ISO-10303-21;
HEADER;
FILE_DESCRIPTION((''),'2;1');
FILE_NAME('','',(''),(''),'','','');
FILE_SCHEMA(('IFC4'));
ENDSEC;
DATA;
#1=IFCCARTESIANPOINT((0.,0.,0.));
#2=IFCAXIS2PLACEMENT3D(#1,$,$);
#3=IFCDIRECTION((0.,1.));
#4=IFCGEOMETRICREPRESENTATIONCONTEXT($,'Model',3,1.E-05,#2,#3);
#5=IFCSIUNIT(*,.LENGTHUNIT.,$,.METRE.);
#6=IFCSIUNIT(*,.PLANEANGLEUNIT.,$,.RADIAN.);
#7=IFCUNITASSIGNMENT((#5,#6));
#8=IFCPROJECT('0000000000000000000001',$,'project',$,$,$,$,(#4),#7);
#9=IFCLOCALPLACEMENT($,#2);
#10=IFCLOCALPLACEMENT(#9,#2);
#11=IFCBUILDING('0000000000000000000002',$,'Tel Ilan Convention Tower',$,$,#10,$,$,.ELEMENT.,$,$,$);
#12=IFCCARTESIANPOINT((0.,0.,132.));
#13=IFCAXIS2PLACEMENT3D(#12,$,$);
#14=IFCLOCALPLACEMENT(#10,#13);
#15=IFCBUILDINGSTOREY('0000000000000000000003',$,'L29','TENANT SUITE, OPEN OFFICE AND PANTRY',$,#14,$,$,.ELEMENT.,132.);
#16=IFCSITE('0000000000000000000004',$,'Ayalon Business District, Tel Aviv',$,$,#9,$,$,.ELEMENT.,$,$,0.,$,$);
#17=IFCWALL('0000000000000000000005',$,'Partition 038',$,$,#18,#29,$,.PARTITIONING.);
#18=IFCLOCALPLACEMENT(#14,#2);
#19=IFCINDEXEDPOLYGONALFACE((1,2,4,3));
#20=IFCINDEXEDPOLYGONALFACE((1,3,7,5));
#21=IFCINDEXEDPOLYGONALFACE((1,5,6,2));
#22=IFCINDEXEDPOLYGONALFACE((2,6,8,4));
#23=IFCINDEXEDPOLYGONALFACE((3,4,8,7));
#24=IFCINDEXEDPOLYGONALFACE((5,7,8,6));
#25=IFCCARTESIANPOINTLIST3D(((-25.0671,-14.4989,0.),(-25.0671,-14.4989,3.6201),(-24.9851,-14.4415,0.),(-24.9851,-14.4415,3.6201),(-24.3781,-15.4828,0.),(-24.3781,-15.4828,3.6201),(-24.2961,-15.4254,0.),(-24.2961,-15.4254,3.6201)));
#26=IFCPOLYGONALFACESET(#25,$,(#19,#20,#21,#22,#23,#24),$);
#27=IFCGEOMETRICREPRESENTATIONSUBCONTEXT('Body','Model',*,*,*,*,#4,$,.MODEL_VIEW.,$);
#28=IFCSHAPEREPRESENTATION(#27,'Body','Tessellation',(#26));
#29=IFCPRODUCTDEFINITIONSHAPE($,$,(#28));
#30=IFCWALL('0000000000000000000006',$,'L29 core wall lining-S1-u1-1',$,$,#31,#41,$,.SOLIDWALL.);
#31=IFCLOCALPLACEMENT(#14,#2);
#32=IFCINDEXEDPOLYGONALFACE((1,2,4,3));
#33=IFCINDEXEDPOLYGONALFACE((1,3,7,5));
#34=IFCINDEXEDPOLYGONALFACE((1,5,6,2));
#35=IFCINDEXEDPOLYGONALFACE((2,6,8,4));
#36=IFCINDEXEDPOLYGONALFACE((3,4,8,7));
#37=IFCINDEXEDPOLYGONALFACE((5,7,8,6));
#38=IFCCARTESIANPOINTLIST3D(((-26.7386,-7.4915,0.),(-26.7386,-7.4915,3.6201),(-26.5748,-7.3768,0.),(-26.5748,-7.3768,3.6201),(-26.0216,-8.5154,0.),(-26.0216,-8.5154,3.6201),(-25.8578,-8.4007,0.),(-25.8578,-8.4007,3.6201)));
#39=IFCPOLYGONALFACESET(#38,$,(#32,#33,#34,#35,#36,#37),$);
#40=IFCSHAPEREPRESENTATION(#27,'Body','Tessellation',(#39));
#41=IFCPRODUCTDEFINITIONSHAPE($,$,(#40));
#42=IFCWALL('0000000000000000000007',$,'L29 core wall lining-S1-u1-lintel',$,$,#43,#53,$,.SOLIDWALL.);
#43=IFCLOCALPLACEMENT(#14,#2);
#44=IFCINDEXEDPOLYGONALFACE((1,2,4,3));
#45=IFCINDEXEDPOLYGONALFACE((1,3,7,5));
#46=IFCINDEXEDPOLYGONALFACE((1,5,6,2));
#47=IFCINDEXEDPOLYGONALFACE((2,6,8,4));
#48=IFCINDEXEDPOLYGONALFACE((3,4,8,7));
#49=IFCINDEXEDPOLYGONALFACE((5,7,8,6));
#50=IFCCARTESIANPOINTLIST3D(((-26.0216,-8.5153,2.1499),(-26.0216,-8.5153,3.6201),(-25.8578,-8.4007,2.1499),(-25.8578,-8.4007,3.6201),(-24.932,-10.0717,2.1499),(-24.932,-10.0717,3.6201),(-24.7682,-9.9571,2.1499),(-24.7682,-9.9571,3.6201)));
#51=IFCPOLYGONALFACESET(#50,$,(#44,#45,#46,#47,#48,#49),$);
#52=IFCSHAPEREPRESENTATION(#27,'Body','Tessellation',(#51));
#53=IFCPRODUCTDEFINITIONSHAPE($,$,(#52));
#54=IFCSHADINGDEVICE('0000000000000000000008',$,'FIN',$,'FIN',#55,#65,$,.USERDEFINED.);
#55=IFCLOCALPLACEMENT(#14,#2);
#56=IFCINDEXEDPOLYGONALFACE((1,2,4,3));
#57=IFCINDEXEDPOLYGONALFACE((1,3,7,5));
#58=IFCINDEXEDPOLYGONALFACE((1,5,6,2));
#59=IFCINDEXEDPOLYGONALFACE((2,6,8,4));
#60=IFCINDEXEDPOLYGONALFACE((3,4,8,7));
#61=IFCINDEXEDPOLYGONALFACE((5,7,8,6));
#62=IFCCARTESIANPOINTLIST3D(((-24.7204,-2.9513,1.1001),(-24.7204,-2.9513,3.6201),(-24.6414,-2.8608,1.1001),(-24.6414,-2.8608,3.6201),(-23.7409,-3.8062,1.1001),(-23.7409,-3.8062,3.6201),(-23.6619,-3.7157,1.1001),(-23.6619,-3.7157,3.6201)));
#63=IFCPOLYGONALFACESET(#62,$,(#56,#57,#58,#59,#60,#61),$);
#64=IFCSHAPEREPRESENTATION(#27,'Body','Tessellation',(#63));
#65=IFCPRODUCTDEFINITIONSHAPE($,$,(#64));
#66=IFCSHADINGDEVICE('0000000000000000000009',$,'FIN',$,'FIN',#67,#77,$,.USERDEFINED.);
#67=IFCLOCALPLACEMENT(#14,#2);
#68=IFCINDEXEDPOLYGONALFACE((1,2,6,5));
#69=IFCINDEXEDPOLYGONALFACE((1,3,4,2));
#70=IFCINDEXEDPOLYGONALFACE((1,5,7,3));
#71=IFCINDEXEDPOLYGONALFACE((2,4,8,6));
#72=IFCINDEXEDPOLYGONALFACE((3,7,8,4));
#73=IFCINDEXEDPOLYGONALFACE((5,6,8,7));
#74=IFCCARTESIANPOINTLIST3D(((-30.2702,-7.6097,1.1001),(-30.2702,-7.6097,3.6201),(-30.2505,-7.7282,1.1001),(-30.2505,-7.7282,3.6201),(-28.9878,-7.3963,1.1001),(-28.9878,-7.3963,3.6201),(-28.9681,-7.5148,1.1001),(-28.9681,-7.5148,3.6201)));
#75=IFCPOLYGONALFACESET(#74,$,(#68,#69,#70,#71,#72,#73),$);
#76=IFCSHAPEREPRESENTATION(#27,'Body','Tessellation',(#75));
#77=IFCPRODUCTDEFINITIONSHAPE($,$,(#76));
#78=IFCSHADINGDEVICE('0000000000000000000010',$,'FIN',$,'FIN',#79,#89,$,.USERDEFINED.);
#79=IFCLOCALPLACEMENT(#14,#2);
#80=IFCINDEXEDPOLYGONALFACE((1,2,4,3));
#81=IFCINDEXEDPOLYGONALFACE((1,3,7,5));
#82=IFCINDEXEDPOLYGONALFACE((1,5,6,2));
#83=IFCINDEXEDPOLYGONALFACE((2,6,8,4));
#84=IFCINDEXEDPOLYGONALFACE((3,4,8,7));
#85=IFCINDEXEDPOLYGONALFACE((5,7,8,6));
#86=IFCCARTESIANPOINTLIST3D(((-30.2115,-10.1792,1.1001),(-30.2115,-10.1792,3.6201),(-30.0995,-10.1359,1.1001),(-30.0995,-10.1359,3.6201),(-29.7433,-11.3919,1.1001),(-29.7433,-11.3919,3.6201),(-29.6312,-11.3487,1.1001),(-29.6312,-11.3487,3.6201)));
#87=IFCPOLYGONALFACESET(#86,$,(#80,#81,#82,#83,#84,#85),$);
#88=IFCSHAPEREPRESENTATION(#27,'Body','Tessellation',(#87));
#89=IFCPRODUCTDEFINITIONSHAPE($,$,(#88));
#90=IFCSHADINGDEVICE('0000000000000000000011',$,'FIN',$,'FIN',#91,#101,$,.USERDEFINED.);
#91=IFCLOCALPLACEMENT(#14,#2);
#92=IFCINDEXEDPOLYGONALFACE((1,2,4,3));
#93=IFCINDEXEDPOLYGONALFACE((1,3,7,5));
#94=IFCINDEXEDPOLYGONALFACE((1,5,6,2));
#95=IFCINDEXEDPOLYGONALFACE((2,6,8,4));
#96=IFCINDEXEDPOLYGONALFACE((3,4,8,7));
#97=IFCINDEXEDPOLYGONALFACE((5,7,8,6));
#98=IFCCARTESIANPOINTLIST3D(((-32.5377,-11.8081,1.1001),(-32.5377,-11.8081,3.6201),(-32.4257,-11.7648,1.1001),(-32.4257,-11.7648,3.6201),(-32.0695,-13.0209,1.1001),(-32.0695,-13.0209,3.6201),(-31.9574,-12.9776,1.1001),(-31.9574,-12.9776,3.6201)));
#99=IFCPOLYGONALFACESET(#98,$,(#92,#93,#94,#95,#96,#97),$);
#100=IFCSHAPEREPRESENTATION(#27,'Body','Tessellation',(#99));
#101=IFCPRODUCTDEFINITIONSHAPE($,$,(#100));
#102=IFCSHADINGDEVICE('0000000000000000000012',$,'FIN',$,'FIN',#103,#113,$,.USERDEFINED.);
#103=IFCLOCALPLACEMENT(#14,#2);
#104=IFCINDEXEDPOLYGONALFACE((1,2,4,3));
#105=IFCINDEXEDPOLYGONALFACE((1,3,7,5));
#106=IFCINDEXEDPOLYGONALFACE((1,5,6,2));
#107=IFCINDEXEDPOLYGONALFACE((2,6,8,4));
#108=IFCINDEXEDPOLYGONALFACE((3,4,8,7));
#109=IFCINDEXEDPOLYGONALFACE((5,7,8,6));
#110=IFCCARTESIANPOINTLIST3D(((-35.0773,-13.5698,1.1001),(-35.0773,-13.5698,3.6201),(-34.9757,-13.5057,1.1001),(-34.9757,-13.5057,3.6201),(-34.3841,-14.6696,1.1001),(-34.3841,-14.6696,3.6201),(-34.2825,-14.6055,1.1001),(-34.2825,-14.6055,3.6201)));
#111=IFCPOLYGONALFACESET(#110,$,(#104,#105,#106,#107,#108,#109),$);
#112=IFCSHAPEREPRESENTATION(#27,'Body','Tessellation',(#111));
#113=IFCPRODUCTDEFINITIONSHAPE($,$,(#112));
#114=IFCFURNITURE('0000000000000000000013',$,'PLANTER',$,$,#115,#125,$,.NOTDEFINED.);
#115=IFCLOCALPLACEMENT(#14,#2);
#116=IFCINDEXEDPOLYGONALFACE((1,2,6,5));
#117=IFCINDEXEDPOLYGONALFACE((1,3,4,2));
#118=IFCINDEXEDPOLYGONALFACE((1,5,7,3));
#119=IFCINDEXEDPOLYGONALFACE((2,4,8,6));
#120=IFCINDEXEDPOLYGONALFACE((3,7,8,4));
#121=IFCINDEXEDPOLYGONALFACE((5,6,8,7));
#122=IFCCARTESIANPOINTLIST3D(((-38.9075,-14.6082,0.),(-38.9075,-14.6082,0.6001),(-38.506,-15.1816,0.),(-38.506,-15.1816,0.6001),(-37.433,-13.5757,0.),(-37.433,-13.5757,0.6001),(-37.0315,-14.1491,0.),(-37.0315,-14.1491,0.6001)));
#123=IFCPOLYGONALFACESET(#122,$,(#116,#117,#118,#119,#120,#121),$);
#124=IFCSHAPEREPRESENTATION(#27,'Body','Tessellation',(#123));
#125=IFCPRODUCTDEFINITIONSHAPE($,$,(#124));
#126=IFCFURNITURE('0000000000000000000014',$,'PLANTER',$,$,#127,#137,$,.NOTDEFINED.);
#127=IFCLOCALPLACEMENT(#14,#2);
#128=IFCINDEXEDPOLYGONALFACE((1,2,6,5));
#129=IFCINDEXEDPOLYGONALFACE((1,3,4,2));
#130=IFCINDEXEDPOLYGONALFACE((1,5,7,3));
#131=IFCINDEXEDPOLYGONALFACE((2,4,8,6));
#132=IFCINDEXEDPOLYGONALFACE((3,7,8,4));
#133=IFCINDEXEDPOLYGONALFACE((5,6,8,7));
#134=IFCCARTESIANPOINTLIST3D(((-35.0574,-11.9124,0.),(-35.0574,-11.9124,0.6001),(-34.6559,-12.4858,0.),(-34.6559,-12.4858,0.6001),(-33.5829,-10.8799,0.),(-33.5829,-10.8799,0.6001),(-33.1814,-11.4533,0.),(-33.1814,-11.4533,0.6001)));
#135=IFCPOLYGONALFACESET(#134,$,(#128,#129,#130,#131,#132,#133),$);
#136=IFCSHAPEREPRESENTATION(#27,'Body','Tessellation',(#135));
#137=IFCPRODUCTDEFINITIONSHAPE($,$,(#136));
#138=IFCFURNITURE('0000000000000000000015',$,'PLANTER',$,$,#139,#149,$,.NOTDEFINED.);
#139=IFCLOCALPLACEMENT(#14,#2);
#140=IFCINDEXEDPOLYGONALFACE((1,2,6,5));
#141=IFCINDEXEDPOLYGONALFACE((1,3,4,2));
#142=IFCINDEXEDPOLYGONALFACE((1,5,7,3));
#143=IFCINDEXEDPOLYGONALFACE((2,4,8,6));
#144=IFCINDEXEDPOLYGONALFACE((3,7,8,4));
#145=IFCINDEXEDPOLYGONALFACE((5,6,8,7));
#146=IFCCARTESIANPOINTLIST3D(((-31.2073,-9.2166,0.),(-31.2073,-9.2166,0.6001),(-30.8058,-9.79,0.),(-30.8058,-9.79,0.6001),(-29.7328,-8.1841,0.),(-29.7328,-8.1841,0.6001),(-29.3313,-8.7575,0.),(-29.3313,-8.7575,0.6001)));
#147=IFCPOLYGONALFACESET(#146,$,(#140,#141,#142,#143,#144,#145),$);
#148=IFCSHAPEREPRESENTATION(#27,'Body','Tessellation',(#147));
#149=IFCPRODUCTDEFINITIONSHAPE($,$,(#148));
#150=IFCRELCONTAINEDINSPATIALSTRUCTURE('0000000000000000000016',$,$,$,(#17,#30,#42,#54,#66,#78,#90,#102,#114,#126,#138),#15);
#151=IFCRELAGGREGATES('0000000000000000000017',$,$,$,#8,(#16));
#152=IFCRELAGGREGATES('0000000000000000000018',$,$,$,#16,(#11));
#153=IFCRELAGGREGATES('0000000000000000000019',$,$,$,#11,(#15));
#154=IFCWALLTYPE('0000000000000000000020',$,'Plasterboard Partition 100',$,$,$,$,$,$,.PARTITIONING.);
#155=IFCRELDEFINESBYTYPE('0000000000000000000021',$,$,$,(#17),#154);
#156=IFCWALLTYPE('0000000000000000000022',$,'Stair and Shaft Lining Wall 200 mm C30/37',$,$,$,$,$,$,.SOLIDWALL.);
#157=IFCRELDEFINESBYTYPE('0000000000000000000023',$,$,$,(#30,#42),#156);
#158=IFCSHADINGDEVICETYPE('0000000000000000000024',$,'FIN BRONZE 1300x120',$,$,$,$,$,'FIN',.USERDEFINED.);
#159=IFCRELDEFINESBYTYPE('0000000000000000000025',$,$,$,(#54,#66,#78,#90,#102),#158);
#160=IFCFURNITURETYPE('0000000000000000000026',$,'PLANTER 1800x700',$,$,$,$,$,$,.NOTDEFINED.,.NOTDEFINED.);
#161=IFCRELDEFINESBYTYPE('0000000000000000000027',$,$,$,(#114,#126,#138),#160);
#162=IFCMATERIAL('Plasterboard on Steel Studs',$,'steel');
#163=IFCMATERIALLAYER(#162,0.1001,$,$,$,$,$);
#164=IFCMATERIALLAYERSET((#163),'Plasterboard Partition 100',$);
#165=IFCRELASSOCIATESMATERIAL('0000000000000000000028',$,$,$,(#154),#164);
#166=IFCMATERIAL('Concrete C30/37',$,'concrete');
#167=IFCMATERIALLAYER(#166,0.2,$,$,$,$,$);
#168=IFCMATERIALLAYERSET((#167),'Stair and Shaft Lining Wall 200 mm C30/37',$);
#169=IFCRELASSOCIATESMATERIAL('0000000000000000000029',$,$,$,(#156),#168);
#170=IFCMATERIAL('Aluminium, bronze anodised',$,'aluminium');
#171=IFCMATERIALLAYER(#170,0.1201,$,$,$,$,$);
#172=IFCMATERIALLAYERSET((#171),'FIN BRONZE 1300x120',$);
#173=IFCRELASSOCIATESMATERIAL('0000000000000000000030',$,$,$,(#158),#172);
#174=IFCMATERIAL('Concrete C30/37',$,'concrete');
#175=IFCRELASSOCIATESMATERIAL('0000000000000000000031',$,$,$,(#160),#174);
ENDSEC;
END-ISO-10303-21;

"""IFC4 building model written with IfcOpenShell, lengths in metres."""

from ifc_helpers import new_model, si_unit, direction, frame, frame_2d, origin, origin_2d, place, context, subcontext, project, spatial, rectangle, extrude, material, layer, layer_set, type_object, element, save


model = new_model("IFC4")

# Units and contexts
model_context = context("Model", 3, precision=1e-05, world=origin(), true_north=direction((0.0, 1.0)))
body_context = subcontext(model_context, "Body", "Model", "MODEL_VIEW")
ifc_project = project(units=[si_unit("LENGTHUNIT", "METRE"), si_unit("PLANEANGLEUNIT", "RADIAN")], contexts=[model_context])

# Site, building, storey
site_placement = place(None, origin())
site = spatial("IfcSite", under=ifc_project, at=site_placement, Name="Ayalon Business District, Tel Aviv", CompositionType="ELEMENT", RefElevation=0.0)
building_placement = place(site_placement, origin())
building = spatial("IfcBuilding", under=site, at=building_placement, Name="Tel Ilan Convention Tower", CompositionType="ELEMENT")
storey_placement = place(building_placement, frame((0.0, 0.0, 132.0)))
storey = spatial("IfcBuildingStorey", under=building, at=storey_placement, Name="L29", Description="TENANT SUITE, OPEN OFFICE AND PANTRY", CompositionType="ELEMENT", Elevation=132.0)

# Walls
ifc_material_1 = material(Name="Plasterboard on Steel Studs", Category="steel")
ifc_layer_1 = layer(ifc_material_1, 0.1001)
ifc_layer_set_1 = layer_set([ifc_layer_1], Name="Plasterboard Partition 100")
wall_type_1 = type_object("IfcWallType", Name="Plasterboard Partition 100", PredefinedType="PARTITIONING", material=ifc_layer_set_1)
wall_1_placement = place(storey_placement, frame((-25.0261, -14.4702, 0.0), z_axis=(0.0, 0.0, 1.0), x_axis=(0.573599, -0.819136, 0.0)))
element("IfcWall", 1, at=wall_1_placement, inside=storey, type_object=wall_type_1, Name="Partition 038", PredefinedType="PARTITIONING", context=body_context, shape_type="SweptSolid", body=[
    extrude(rectangle(XDim=1.2012, YDim=0.1001, at=frame_2d((0.6006, 0.0))), origin(), (0.0, 0.0, 1.0), 3.6201),
])
ifc_material_2 = material(Name="Concrete C30/37", Category="concrete")
ifc_layer_2 = layer(ifc_material_2, 0.2)
ifc_layer_set_2 = layer_set([ifc_layer_2], Name="Stair and Shaft Lining Wall 200 mm C30/37")
wall_type_2 = type_object("IfcWallType", Name="Stair and Shaft Lining Wall 200 mm C30/37", PredefinedType="SOLIDWALL", material=ifc_layer_set_2)
wall_2_placement = place(storey_placement, frame((-25.9397, -8.458, 0.0), z_axis=(0.0, 0.0, 1.0), x_axis=(-0.57362, 0.819122, 0.0)))
element("IfcWall", 2, at=wall_2_placement, inside=storey, type_object=wall_type_2, Name="L29 core wall lining-S1-u1-1", PredefinedType="SOLIDWALL", context=body_context, shape_type="SweptSolid", body=[
    extrude(rectangle(XDim=1.25, YDim=0.2, at=frame_2d((0.625, 0.0))), origin(), (0.0, 0.0, 1.0), 3.6201),
])
wall_3_placement = place(storey_placement, frame((-24.8501, -10.0144, 2.1499), z_axis=(0.0, 0.0, 1.0), x_axis=(-0.573505, 0.819202, 0.0)))
element("IfcWall", 3, at=wall_3_placement, inside=storey, type_object=wall_type_2, Name="L29 core wall lining-S1-u1-lintel", PredefinedType="SOLIDWALL", context=body_context, shape_type="SweptSolid", body=[
    extrude(rectangle(XDim=1.8999, YDim=0.2, at=frame_2d((0.95, 0.0))), origin(), (0.0, 0.0, 1.0), 1.4702),
])

# Shading devices
ifc_material_3 = material(Name="Aluminium, bronze anodised", Category="aluminium")
ifc_layer_3 = layer(ifc_material_3, 0.1201)
ifc_layer_set_3 = layer_set([ifc_layer_3], Name="FIN BRONZE 1300x120")
shading_device_type = type_object("IfcShadingDeviceType", Name="FIN BRONZE 1300x120", ElementType="FIN", PredefinedType="USERDEFINED", material=ifc_layer_set_3)
for number, where, z_axis, x_axis, name in (
    (4, (-24.1912, -3.3335, 1.1001), (0.0, 0.0, 1.0), (-0.753436, 0.657521, 0.0), "FIN"),
    (5, (-29.6191, -7.5623, 1.1001), (0.0, 0.0, 1.0), (-0.986445, -0.164091, 0.0), "FIN"),
    (6, (-29.9214, -10.7639, 1.1001), (0.0, 0.0, 1.0), (-0.360178, 0.932884, 0.0), "FIN"),
    (7, (-32.2476, -12.3928, 1.1001), (0.0, 0.0, 1.0), (-0.360178, 0.932884, 0.0), "FIN"),
    (8, (-34.6799, -14.0876, 1.1001), (0.0, 0.0, 1.0), (-0.533204, 0.845986, 0.0), "FIN"),
):
    element("IfcShadingDevice", number, at=place(storey_placement, frame(where, z_axis=z_axis, x_axis=x_axis)), inside=storey, type_object=shading_device_type, Name=name, ObjectType="FIN", PredefinedType="USERDEFINED", context=body_context, shape_type="SweptSolid", body=[
        extrude(rectangle(XDim=1.3, YDim=0.1201, at=origin_2d()), origin(), (0.0, 0.0, 1.0), 2.52),
    ])

# Furniture
ifc_material_4 = material(Name="Concrete C30/37", Category="concrete")
furniture_type = type_object("IfcFurnitureType", Name="PLANTER 1800x700", AssemblyPlace="NOTDEFINED", PredefinedType="NOTDEFINED", material=ifc_material_4)
for number, where, z_axis, x_axis, name in (
    (9, (-37.9695, -14.3787, 0.0), (0.0, 0.0, 1.0), (0.819152, 0.573576, 0.0), "PLANTER"),
    (10, (-34.1194, -11.6829, 0.0), (0.0, 0.0, 1.0), (0.819152, 0.573576, 0.0), "PLANTER"),
    (11, (-30.2693, -8.9871, 0.0), (0.0, 0.0, 1.0), (0.819152, 0.573576, 0.0), "PLANTER"),
):
    element("IfcFurniture", number, at=place(storey_placement, frame(where, z_axis=z_axis, x_axis=x_axis)), inside=storey, type_object=furniture_type, Name=name, PredefinedType="NOTDEFINED", context=body_context, shape_type="SweptSolid", body=[
        extrude(rectangle(XDim=1.8, YDim=0.7, at=origin_2d()), origin(), (0.0, 0.0, 1.0), 0.6001),
    ])

save(model, "model.ifc")
